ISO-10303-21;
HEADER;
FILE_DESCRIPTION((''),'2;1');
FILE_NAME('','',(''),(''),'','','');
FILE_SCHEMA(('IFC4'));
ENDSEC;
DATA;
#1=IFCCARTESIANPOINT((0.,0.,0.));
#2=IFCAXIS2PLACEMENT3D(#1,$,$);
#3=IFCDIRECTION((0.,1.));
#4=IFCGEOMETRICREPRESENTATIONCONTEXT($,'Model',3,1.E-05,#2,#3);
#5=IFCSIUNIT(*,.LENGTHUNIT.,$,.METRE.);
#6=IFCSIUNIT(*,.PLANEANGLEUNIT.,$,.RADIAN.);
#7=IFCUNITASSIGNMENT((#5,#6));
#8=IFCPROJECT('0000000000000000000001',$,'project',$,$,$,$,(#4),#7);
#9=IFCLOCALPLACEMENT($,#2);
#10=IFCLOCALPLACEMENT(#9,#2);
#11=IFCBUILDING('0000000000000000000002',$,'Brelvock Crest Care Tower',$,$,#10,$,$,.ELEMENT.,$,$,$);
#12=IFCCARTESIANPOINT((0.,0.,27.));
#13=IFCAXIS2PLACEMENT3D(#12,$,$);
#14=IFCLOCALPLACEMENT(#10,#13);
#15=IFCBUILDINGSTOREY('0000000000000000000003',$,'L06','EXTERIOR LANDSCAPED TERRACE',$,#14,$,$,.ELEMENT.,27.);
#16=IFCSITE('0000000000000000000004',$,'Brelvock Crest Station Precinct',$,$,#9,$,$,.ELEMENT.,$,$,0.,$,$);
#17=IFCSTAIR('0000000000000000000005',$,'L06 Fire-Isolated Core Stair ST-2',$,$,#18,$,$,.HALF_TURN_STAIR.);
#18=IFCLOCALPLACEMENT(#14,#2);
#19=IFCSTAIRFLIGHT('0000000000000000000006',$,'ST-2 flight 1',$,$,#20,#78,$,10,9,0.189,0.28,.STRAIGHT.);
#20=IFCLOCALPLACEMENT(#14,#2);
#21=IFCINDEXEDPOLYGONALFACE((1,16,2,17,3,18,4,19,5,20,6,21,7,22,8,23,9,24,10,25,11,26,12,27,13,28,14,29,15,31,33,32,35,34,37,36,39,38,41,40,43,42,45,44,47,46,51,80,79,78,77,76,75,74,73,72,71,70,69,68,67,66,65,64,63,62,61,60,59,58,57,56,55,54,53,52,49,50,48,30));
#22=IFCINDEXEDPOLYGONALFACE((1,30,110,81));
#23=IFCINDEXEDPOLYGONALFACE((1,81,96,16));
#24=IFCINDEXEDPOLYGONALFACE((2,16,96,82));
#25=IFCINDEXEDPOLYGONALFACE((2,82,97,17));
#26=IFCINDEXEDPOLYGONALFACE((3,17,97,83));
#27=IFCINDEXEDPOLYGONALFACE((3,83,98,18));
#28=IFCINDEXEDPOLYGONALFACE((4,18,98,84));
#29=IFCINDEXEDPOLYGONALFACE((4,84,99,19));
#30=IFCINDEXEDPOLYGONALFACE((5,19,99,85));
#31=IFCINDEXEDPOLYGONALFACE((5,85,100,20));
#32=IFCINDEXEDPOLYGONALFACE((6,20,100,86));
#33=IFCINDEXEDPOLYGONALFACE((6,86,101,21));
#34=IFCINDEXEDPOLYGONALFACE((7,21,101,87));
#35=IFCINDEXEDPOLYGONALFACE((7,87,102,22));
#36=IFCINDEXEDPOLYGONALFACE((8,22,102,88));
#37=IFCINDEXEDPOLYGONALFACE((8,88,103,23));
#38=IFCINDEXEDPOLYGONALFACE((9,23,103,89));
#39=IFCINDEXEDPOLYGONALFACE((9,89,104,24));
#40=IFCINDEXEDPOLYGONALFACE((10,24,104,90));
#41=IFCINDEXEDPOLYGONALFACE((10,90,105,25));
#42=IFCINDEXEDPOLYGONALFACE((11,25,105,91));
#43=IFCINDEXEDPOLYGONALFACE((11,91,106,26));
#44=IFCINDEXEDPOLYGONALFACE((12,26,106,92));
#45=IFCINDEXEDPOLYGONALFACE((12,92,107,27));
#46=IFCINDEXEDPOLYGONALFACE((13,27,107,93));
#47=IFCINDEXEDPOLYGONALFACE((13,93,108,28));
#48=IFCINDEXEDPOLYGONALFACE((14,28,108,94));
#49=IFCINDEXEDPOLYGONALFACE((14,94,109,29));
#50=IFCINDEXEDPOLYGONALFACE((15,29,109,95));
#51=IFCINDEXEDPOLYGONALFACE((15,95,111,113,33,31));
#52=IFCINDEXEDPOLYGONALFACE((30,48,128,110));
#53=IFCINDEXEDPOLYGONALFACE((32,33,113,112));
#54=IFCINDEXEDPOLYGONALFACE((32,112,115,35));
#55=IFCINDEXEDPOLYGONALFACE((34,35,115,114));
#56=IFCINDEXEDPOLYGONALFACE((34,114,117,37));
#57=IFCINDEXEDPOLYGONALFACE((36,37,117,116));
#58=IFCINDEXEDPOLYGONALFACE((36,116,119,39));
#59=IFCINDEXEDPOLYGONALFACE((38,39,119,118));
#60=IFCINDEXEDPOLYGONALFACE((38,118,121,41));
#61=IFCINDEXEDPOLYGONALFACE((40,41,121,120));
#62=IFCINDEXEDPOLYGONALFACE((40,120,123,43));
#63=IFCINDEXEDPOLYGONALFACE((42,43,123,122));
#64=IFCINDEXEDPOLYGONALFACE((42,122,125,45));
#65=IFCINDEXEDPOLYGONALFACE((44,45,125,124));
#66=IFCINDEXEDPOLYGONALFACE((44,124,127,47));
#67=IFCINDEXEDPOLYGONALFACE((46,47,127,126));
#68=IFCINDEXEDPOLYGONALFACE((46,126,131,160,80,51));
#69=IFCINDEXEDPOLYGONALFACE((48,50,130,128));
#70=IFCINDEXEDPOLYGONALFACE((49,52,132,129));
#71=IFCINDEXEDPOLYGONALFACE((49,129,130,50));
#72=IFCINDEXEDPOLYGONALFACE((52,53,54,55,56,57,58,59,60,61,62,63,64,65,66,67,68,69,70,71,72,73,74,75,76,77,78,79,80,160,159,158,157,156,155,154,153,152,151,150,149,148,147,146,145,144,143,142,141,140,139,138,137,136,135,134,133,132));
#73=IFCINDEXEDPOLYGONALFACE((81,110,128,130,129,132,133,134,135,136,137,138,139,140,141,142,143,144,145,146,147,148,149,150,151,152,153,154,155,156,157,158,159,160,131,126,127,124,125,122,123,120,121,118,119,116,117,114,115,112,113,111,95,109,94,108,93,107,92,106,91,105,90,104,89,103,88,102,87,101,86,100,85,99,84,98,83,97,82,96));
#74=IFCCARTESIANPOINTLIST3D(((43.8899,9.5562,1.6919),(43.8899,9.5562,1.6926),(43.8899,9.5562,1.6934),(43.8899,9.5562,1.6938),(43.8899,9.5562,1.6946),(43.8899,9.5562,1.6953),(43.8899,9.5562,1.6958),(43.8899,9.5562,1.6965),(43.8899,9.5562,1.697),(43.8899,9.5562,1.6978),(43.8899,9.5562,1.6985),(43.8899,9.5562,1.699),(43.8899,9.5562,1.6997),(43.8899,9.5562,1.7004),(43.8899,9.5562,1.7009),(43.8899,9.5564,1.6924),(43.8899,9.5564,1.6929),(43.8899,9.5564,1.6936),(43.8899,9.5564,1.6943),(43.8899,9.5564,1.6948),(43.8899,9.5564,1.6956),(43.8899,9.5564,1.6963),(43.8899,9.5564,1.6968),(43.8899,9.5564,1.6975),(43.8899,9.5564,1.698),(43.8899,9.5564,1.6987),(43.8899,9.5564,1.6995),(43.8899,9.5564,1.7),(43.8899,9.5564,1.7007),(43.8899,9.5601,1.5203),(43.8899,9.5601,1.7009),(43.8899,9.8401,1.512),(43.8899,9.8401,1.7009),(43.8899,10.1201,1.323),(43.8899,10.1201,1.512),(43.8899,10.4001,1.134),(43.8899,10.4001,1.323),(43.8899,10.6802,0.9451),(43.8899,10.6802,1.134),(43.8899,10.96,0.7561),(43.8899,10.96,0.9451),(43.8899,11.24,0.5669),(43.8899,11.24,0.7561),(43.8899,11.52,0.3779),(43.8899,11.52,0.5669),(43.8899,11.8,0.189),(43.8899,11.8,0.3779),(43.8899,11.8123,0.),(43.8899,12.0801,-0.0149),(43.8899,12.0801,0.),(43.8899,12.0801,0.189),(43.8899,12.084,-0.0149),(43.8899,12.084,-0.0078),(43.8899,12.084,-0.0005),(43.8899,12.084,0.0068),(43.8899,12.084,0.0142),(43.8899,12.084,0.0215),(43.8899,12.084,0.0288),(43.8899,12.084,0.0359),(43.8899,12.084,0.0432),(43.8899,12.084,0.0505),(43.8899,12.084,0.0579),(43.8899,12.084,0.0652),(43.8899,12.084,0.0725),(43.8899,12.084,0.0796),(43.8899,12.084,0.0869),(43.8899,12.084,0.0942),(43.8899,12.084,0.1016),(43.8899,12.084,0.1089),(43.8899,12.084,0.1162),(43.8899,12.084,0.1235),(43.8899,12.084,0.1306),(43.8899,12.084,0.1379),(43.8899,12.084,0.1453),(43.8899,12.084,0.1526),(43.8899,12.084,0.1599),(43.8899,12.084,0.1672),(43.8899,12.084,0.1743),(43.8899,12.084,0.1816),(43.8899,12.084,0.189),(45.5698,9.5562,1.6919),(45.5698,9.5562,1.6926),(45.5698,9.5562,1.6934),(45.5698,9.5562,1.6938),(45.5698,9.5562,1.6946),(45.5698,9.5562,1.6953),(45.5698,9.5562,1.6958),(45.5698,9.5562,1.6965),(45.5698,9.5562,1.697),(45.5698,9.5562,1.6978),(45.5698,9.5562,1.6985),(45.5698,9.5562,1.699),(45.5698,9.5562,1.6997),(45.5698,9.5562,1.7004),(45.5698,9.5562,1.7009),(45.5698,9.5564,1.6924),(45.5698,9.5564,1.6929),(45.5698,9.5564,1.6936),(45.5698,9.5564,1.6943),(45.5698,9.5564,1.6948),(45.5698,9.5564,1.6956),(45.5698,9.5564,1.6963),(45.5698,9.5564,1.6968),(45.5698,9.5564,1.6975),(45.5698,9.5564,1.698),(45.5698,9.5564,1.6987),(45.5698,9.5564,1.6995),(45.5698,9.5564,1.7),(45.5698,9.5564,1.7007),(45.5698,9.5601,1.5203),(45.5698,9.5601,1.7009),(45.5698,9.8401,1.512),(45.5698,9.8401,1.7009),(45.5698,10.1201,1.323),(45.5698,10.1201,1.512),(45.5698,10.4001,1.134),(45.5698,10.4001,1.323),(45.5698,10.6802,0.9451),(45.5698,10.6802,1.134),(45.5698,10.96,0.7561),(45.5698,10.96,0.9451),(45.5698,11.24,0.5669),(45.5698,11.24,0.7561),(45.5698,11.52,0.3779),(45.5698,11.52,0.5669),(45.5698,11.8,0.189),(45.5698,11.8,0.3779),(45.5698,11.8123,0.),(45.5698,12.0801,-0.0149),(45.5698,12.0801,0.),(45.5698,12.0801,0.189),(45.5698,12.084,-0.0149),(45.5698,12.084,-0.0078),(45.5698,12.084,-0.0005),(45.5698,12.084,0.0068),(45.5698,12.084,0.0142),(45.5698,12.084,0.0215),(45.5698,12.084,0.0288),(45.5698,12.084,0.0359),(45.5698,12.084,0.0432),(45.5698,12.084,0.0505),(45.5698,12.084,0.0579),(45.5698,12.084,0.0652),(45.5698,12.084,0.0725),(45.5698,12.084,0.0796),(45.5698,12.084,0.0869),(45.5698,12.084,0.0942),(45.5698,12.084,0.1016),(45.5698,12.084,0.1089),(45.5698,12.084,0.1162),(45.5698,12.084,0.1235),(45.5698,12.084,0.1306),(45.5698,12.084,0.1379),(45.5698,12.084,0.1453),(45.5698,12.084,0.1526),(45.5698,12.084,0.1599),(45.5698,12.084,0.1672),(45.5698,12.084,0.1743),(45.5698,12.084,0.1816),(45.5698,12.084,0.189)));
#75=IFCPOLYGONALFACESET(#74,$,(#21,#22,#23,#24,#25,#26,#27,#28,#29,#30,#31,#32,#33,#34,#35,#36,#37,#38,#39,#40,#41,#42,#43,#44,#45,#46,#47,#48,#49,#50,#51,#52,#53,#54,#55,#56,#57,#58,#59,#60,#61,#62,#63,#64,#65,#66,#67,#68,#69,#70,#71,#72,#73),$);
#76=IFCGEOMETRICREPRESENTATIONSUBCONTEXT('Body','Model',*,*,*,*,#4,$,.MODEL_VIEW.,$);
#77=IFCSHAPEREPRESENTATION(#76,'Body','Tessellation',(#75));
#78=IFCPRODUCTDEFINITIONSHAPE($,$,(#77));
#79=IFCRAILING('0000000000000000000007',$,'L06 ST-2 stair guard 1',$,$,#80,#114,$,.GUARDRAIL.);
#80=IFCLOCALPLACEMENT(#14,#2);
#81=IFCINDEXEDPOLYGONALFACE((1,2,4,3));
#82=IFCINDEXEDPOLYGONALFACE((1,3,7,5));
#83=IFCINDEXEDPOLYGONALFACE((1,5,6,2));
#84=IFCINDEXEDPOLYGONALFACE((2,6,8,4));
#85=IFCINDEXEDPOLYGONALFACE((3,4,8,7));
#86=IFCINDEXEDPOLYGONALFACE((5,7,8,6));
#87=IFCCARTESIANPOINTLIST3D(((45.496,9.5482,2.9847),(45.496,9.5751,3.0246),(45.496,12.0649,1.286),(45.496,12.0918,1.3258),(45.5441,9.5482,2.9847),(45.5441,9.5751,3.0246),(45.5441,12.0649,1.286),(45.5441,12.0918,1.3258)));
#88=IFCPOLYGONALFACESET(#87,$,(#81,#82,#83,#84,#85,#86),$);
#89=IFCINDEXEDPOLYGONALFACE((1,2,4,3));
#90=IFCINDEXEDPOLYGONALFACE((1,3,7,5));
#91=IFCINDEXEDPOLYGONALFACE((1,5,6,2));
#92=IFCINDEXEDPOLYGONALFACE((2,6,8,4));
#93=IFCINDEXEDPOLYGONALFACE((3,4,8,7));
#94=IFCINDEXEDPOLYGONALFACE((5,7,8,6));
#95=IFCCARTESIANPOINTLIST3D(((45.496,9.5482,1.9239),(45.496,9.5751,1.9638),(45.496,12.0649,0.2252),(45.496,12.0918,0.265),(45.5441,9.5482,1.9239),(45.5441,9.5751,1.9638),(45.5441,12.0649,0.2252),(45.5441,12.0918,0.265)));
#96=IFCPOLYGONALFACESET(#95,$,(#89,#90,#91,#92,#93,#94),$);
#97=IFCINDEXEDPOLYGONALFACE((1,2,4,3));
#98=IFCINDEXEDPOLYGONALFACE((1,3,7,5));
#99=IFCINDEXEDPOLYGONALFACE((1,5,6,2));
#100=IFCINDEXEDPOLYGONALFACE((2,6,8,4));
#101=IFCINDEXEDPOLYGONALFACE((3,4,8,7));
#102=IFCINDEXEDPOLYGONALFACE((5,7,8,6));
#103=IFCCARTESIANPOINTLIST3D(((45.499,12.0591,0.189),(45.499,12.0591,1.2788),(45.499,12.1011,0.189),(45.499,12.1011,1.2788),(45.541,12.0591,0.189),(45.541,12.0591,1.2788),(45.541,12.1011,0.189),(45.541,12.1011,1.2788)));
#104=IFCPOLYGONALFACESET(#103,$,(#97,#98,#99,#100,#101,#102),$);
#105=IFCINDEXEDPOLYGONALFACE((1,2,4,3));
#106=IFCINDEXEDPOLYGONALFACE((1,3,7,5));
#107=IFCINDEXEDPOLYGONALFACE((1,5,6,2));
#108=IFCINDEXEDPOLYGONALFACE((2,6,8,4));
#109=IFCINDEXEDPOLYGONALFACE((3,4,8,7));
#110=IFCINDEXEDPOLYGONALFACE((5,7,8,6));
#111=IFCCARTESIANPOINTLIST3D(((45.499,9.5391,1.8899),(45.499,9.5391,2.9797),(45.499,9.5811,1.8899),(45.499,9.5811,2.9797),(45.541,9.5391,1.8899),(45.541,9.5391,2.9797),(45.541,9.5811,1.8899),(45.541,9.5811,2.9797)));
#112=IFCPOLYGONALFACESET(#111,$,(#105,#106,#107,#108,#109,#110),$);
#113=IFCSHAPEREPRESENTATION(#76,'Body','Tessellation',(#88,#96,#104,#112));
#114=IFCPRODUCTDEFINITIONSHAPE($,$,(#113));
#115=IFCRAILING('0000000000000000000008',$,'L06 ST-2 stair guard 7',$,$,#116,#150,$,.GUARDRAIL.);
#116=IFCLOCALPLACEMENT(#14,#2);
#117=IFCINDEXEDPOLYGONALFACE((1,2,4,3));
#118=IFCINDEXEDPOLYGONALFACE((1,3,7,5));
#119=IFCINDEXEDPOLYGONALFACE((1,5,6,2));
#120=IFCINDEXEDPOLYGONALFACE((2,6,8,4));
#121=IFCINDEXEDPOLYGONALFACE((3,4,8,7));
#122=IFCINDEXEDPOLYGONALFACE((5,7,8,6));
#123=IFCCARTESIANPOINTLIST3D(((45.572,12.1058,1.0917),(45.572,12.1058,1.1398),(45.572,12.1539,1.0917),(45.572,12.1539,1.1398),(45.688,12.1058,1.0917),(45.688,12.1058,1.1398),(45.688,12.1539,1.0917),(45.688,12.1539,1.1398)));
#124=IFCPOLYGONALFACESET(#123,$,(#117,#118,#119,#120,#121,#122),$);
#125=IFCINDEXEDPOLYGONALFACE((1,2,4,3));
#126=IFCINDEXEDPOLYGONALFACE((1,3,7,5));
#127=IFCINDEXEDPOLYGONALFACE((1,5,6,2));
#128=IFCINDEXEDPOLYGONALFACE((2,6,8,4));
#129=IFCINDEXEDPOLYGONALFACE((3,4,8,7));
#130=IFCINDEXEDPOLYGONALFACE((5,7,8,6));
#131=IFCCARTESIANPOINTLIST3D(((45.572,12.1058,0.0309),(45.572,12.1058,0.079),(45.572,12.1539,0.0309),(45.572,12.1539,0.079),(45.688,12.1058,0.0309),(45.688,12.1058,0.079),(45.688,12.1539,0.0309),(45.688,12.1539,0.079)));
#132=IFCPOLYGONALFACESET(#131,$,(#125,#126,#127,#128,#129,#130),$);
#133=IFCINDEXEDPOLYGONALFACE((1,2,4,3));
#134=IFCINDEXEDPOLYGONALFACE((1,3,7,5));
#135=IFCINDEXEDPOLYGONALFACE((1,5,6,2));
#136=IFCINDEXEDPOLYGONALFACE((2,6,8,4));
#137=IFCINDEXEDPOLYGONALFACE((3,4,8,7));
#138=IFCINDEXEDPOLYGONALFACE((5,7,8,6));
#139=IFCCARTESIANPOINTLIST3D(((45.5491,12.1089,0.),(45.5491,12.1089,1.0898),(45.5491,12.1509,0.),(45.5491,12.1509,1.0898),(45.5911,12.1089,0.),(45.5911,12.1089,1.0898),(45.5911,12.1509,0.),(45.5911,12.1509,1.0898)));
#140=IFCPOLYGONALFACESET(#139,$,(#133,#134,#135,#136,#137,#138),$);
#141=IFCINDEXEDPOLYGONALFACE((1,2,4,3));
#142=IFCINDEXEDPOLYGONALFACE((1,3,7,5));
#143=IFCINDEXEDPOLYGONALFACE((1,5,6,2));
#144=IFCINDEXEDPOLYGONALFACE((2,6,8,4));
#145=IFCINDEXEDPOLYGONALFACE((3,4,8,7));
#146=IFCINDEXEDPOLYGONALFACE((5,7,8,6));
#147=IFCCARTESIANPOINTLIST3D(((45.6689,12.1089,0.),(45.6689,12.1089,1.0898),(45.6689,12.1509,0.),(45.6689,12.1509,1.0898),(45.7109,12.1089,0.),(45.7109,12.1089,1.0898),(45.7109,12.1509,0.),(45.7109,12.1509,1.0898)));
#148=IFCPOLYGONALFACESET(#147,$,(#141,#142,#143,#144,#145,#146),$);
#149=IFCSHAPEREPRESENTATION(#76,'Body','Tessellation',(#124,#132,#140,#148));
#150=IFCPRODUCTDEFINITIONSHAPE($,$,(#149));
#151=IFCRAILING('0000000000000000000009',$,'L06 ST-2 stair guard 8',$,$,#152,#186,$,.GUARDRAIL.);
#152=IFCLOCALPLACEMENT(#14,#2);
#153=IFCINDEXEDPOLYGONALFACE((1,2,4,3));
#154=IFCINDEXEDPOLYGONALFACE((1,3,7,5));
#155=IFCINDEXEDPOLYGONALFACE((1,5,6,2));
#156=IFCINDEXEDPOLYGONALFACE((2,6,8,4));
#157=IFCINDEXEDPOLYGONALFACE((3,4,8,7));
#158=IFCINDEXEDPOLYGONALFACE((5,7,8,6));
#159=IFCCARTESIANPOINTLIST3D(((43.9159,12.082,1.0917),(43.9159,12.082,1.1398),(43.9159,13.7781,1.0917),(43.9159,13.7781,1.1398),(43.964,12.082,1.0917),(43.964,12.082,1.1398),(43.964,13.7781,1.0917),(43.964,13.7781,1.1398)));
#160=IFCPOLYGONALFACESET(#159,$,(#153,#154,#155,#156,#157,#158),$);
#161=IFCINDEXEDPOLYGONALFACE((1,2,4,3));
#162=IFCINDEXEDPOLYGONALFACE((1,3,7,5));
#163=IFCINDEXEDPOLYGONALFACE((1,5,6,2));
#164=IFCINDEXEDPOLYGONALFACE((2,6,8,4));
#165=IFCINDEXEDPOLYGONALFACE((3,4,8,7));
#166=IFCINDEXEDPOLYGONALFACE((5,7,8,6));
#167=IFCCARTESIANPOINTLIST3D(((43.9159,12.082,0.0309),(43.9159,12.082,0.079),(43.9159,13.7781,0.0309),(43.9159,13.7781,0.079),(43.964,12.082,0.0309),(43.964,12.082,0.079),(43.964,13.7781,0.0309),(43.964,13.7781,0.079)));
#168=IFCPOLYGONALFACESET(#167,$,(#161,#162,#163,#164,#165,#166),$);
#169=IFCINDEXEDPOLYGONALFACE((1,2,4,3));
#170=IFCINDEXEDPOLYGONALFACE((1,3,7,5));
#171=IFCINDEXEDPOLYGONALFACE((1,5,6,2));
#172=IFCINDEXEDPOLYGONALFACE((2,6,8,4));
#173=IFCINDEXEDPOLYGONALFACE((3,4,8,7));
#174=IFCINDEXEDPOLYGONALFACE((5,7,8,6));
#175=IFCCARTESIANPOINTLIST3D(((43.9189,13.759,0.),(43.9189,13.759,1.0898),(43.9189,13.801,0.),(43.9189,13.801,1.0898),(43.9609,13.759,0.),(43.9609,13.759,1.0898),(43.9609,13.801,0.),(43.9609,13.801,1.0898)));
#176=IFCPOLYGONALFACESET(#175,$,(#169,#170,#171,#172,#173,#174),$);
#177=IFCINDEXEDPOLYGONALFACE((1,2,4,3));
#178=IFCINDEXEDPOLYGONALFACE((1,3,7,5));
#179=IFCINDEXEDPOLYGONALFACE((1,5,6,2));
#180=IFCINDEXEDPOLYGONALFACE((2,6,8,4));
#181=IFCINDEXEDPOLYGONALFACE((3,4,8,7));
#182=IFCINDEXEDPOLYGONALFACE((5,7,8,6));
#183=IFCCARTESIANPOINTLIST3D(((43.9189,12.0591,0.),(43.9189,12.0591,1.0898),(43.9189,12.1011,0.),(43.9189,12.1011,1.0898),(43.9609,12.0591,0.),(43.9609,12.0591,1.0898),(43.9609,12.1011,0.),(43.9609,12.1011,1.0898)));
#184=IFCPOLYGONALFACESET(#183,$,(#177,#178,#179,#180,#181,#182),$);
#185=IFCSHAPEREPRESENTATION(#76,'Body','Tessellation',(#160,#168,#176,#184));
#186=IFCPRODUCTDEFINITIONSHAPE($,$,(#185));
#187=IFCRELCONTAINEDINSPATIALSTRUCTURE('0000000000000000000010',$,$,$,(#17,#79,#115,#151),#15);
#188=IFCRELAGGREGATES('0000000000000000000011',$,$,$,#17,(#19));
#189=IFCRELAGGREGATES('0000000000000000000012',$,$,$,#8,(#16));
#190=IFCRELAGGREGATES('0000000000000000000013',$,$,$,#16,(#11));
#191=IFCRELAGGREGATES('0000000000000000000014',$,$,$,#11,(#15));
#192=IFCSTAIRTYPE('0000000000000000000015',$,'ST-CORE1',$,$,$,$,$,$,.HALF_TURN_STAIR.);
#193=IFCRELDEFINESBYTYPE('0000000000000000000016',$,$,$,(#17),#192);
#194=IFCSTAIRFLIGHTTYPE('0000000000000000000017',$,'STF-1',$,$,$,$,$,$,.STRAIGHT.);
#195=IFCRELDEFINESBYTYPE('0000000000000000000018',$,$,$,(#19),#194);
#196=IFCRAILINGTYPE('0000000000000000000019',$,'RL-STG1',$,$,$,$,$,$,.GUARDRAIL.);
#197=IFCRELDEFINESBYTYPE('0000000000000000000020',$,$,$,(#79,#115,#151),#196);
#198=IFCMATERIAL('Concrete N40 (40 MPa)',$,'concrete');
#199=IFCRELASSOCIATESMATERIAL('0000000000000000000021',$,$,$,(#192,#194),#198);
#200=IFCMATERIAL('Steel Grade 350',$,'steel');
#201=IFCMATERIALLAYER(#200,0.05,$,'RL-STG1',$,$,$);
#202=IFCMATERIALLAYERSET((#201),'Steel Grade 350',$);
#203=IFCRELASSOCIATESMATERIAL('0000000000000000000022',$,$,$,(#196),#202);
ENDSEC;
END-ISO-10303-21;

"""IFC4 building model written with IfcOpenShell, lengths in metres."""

from ifc_helpers import new_model, si_unit, direction, frame, origin, origin_2d, place, context, subcontext, project, spatial, polyline, rectangle, outline, extrude, material, layer, layer_set, type_object, element, aggregate, save


model = new_model("IFC4")

# Units and contexts
model_context = context("Model", 3, precision=1e-05, world=origin(), true_north=direction((0.0, 1.0)))
body_context = subcontext(model_context, "Body", "Model", "MODEL_VIEW")
ifc_project = project(units=[si_unit("LENGTHUNIT", "METRE"), si_unit("PLANEANGLEUNIT", "RADIAN")], contexts=[model_context])

# Site, building, storey
site_placement = place(None, origin())
site = spatial("IfcSite", under=ifc_project, at=site_placement, Name="Brelvock Crest Station Precinct", CompositionType="ELEMENT", RefElevation=0.0)
building_placement = place(site_placement, origin())
building = spatial("IfcBuilding", under=site, at=building_placement, Name="Brelvock Crest Care Tower", CompositionType="ELEMENT")
storey_placement = place(building_placement, frame((0.0, 0.0, 27.0)))
storey = spatial("IfcBuildingStorey", under=building, at=storey_placement, Name="L06", Description="EXTERIOR LANDSCAPED TERRACE", CompositionType="ELEMENT", Elevation=27.0)

# Shared definitions
ifc_material_1 = material(Name="Steel Grade 350", Category="steel")

# Stair, stair flight
ifc_material_2 = material(Name="Concrete N40 (40 MPa)", Category="concrete")
stair_type = type_object("IfcStairType", Name="ST-CORE1", PredefinedType="HALF_TURN_STAIR", material=ifc_material_2)
stair_placement = place(storey_placement, origin())
stair = element("IfcStair", 1, at=stair_placement, inside=storey, type_object=stair_type, Name="L06 Fire-Isolated Core Stair ST-2", PredefinedType="HALF_TURN_STAIR")
stair_flight_type = type_object("IfcStairFlightType", Name="STF-1", PredefinedType="STRAIGHT", material=ifc_material_2)
stair_flight_placement = place(storey_placement, frame((44.73, 12.0801, 0.0), z_axis=(0.0, 0.0, 1.0), x_axis=(0.0, -1.0, 0.0)))
stair_flight = element("IfcStairFlight", 2, at=stair_flight_placement, type_object=stair_flight_type, Name="ST-2 flight 1", NumberOfRisers=10, NumberOfTreads=9, PredefinedType="STRAIGHT", RiserHeight=0.189, TreadLength=0.28, context=body_context, shape_type="SweptSolid", body=[
    extrude(outline(polyline([(-0.0039, -0.0149), (-0.0039, -0.0078), (-0.0039, -0.0005), (-0.0039, 0.0068), (-0.0039, 0.0142), (-0.0039, 0.0215), (-0.0039, 0.0288), (-0.0039, 0.0359), (-0.0039, 0.0432), (-0.0039, 0.0505), (-0.0039, 0.0579), (-0.0039, 0.0652), (-0.0039, 0.0725), (-0.0039, 0.0796), (-0.0039, 0.0869), (-0.0039, 0.0942), (-0.0039, 0.1016), (-0.0039, 0.1089), (-0.0039, 0.1162), (-0.0039, 0.1235), (-0.0039, 0.1306), (-0.0039, 0.1379), (-0.0039, 0.1453), (-0.0039, 0.1526), (-0.0039, 0.1599), (-0.0039, 0.1672), (-0.0039, 0.1743), (-0.0039, 0.1816), (-0.0039, 0.189), (0.0, 0.189), (0.28, 0.189), (0.28, 0.3779), (0.5601, 0.3779), (0.5601, 0.5669), (0.8401, 0.5669), (0.8401, 0.7561), (1.1201, 0.7561), (1.1201, 0.9451), (1.3999, 0.9451), (1.3999, 1.134), (1.6799, 1.134), (1.6799, 1.323), (1.96, 1.323), (1.96, 1.512), (2.24, 1.512), (2.24, 1.7009), (2.52, 1.7009), (2.5239, 1.7009), (2.5237, 1.7007), (2.5239, 1.7004), (2.5237, 1.7), (2.5239, 1.6997), (2.5237, 1.6995), (2.5239, 1.699), (2.5237, 1.6987), (2.5239, 1.6985), (2.5237, 1.698), (2.5239, 1.6978), (2.5237, 1.6975), (2.5239, 1.697), (2.5237, 1.6968), (2.5239, 1.6965), (2.5237, 1.6963), (2.5239, 1.6958), (2.5237, 1.6956), (2.5239, 1.6953), (2.5237, 1.6948), (2.5239, 1.6946), (2.5237, 1.6943), (2.5239, 1.6938), (2.5237, 1.6936), (2.5239, 1.6934), (2.5237, 1.6929), (2.5239, 1.6926), (2.5237, 1.6924), (2.5239, 1.6919), (2.52, 1.5203), (0.2678, 0.0), (0.0, 0.0), (0.0, -0.0149), (-0.0039, -0.0149)])), frame((0.0, 0.8398, 0.0), z_axis=(0.0, -1.0, 0.0), x_axis=(1.0, 0.0, 0.0)), (0.0, 0.0, 1.0), 1.6799),
])
aggregate(stair, [stair_flight])

# Railings
ifc_layer_1 = layer(ifc_material_1, 0.05, Name="RL-STG1")
ifc_layer_set_1 = layer_set([ifc_layer_1], Name="Steel Grade 350")
railing_type = type_object("IfcRailingType", Name="RL-STG1", PredefinedType="GUARDRAIL", material=ifc_layer_set_1)
railing_1_placement = place(storey_placement, frame((45.52, 12.0801, 0.189)))
element("IfcRailing", 3, at=railing_1_placement, inside=storey, type_object=railing_type, Name="L06 ST-2 stair guard 1", PredefinedType="GUARDRAIL", context=body_context, shape_type="SweptSolid", body=[
    extrude(rectangle(XDim=0.0481, YDim=0.0481, at=origin_2d()), frame((0.0, -0.0017, 1.1169), z_axis=(0.0, -0.828862, 0.559454), x_axis=(1.0, 0.0, 0.0)), (0.0, 0.0, 1.0), 3.0364),
    extrude(rectangle(XDim=0.0481, YDim=0.0481, at=origin_2d()), frame((0.0, -0.0017, 0.0562), z_axis=(0.0, -0.828862, 0.559454), x_axis=(1.0, 0.0, 0.0)), (0.0, 0.0, 1.0), 3.0364),
    extrude(rectangle(XDim=0.042, YDim=0.042, at=origin_2d()), origin(), (0.0, 0.0, 1.0), 1.0898),
    extrude(rectangle(XDim=0.042, YDim=0.042, at=origin_2d()), frame((0.0, -2.52, 1.7009)), (0.0, 0.0, 1.0), 1.0898),
])
railing_2_placement = place(storey_placement, frame((45.5701, 12.1299, 0.0)))
element("IfcRailing", 4, at=railing_2_placement, inside=storey, type_object=railing_type, Name="L06 ST-2 stair guard 7", PredefinedType="GUARDRAIL", context=body_context, shape_type="SweptSolid", body=[
    extrude(rectangle(XDim=0.0481, YDim=0.0481, at=origin_2d()), frame((0.002, 0.0, 1.1157), z_axis=(1.0, 0.0, 0.0), x_axis=(0.0, 1.0, 0.0)), (0.0, 0.0, 1.0), 0.116),
    extrude(rectangle(XDim=0.0481, YDim=0.0481, at=origin_2d()), frame((0.002, 0.0, 0.0549), z_axis=(1.0, 0.0, 0.0), x_axis=(0.0, 1.0, 0.0)), (0.0, 0.0, 1.0), 0.116),
    extrude(rectangle(XDim=0.042, YDim=0.042, at=origin_2d()), origin(), (0.0, 0.0, 1.0), 1.0898),
    extrude(rectangle(XDim=0.042, YDim=0.042, at=origin_2d()), frame((0.1199, 0.0, 0.0)), (0.0, 0.0, 1.0), 1.0898),
])
railing_3_placement = place(storey_placement, frame((43.9399, 13.78, 0.0)))
element("IfcRailing", 5, at=railing_3_placement, inside=storey, type_object=railing_type, Name="L06 ST-2 stair guard 8", PredefinedType="GUARDRAIL", context=body_context, shape_type="SweptSolid", body=[
    extrude(rectangle(XDim=0.0481, YDim=0.0481, at=origin_2d()), frame((0.0, -0.002, 1.1157), z_axis=(0.0, -1.0, 0.0), x_axis=(1.0, 0.0, 0.0)), (0.0, 0.0, 1.0), 1.696),
    extrude(rectangle(XDim=0.0481, YDim=0.0481, at=origin_2d()), frame((0.0, -0.002, 0.0549), z_axis=(0.0, -1.0, 0.0), x_axis=(1.0, 0.0, 0.0)), (0.0, 0.0, 1.0), 1.696),
    extrude(rectangle(XDim=0.042, YDim=0.042, at=origin_2d()), origin(), (0.0, 0.0, 1.0), 1.0898),
    extrude(rectangle(XDim=0.042, YDim=0.042, at=origin_2d()), frame((0.0, -1.7, 0.0)), (0.0, 0.0, 1.0), 1.0898),
])

save(model, "model.ifc")
